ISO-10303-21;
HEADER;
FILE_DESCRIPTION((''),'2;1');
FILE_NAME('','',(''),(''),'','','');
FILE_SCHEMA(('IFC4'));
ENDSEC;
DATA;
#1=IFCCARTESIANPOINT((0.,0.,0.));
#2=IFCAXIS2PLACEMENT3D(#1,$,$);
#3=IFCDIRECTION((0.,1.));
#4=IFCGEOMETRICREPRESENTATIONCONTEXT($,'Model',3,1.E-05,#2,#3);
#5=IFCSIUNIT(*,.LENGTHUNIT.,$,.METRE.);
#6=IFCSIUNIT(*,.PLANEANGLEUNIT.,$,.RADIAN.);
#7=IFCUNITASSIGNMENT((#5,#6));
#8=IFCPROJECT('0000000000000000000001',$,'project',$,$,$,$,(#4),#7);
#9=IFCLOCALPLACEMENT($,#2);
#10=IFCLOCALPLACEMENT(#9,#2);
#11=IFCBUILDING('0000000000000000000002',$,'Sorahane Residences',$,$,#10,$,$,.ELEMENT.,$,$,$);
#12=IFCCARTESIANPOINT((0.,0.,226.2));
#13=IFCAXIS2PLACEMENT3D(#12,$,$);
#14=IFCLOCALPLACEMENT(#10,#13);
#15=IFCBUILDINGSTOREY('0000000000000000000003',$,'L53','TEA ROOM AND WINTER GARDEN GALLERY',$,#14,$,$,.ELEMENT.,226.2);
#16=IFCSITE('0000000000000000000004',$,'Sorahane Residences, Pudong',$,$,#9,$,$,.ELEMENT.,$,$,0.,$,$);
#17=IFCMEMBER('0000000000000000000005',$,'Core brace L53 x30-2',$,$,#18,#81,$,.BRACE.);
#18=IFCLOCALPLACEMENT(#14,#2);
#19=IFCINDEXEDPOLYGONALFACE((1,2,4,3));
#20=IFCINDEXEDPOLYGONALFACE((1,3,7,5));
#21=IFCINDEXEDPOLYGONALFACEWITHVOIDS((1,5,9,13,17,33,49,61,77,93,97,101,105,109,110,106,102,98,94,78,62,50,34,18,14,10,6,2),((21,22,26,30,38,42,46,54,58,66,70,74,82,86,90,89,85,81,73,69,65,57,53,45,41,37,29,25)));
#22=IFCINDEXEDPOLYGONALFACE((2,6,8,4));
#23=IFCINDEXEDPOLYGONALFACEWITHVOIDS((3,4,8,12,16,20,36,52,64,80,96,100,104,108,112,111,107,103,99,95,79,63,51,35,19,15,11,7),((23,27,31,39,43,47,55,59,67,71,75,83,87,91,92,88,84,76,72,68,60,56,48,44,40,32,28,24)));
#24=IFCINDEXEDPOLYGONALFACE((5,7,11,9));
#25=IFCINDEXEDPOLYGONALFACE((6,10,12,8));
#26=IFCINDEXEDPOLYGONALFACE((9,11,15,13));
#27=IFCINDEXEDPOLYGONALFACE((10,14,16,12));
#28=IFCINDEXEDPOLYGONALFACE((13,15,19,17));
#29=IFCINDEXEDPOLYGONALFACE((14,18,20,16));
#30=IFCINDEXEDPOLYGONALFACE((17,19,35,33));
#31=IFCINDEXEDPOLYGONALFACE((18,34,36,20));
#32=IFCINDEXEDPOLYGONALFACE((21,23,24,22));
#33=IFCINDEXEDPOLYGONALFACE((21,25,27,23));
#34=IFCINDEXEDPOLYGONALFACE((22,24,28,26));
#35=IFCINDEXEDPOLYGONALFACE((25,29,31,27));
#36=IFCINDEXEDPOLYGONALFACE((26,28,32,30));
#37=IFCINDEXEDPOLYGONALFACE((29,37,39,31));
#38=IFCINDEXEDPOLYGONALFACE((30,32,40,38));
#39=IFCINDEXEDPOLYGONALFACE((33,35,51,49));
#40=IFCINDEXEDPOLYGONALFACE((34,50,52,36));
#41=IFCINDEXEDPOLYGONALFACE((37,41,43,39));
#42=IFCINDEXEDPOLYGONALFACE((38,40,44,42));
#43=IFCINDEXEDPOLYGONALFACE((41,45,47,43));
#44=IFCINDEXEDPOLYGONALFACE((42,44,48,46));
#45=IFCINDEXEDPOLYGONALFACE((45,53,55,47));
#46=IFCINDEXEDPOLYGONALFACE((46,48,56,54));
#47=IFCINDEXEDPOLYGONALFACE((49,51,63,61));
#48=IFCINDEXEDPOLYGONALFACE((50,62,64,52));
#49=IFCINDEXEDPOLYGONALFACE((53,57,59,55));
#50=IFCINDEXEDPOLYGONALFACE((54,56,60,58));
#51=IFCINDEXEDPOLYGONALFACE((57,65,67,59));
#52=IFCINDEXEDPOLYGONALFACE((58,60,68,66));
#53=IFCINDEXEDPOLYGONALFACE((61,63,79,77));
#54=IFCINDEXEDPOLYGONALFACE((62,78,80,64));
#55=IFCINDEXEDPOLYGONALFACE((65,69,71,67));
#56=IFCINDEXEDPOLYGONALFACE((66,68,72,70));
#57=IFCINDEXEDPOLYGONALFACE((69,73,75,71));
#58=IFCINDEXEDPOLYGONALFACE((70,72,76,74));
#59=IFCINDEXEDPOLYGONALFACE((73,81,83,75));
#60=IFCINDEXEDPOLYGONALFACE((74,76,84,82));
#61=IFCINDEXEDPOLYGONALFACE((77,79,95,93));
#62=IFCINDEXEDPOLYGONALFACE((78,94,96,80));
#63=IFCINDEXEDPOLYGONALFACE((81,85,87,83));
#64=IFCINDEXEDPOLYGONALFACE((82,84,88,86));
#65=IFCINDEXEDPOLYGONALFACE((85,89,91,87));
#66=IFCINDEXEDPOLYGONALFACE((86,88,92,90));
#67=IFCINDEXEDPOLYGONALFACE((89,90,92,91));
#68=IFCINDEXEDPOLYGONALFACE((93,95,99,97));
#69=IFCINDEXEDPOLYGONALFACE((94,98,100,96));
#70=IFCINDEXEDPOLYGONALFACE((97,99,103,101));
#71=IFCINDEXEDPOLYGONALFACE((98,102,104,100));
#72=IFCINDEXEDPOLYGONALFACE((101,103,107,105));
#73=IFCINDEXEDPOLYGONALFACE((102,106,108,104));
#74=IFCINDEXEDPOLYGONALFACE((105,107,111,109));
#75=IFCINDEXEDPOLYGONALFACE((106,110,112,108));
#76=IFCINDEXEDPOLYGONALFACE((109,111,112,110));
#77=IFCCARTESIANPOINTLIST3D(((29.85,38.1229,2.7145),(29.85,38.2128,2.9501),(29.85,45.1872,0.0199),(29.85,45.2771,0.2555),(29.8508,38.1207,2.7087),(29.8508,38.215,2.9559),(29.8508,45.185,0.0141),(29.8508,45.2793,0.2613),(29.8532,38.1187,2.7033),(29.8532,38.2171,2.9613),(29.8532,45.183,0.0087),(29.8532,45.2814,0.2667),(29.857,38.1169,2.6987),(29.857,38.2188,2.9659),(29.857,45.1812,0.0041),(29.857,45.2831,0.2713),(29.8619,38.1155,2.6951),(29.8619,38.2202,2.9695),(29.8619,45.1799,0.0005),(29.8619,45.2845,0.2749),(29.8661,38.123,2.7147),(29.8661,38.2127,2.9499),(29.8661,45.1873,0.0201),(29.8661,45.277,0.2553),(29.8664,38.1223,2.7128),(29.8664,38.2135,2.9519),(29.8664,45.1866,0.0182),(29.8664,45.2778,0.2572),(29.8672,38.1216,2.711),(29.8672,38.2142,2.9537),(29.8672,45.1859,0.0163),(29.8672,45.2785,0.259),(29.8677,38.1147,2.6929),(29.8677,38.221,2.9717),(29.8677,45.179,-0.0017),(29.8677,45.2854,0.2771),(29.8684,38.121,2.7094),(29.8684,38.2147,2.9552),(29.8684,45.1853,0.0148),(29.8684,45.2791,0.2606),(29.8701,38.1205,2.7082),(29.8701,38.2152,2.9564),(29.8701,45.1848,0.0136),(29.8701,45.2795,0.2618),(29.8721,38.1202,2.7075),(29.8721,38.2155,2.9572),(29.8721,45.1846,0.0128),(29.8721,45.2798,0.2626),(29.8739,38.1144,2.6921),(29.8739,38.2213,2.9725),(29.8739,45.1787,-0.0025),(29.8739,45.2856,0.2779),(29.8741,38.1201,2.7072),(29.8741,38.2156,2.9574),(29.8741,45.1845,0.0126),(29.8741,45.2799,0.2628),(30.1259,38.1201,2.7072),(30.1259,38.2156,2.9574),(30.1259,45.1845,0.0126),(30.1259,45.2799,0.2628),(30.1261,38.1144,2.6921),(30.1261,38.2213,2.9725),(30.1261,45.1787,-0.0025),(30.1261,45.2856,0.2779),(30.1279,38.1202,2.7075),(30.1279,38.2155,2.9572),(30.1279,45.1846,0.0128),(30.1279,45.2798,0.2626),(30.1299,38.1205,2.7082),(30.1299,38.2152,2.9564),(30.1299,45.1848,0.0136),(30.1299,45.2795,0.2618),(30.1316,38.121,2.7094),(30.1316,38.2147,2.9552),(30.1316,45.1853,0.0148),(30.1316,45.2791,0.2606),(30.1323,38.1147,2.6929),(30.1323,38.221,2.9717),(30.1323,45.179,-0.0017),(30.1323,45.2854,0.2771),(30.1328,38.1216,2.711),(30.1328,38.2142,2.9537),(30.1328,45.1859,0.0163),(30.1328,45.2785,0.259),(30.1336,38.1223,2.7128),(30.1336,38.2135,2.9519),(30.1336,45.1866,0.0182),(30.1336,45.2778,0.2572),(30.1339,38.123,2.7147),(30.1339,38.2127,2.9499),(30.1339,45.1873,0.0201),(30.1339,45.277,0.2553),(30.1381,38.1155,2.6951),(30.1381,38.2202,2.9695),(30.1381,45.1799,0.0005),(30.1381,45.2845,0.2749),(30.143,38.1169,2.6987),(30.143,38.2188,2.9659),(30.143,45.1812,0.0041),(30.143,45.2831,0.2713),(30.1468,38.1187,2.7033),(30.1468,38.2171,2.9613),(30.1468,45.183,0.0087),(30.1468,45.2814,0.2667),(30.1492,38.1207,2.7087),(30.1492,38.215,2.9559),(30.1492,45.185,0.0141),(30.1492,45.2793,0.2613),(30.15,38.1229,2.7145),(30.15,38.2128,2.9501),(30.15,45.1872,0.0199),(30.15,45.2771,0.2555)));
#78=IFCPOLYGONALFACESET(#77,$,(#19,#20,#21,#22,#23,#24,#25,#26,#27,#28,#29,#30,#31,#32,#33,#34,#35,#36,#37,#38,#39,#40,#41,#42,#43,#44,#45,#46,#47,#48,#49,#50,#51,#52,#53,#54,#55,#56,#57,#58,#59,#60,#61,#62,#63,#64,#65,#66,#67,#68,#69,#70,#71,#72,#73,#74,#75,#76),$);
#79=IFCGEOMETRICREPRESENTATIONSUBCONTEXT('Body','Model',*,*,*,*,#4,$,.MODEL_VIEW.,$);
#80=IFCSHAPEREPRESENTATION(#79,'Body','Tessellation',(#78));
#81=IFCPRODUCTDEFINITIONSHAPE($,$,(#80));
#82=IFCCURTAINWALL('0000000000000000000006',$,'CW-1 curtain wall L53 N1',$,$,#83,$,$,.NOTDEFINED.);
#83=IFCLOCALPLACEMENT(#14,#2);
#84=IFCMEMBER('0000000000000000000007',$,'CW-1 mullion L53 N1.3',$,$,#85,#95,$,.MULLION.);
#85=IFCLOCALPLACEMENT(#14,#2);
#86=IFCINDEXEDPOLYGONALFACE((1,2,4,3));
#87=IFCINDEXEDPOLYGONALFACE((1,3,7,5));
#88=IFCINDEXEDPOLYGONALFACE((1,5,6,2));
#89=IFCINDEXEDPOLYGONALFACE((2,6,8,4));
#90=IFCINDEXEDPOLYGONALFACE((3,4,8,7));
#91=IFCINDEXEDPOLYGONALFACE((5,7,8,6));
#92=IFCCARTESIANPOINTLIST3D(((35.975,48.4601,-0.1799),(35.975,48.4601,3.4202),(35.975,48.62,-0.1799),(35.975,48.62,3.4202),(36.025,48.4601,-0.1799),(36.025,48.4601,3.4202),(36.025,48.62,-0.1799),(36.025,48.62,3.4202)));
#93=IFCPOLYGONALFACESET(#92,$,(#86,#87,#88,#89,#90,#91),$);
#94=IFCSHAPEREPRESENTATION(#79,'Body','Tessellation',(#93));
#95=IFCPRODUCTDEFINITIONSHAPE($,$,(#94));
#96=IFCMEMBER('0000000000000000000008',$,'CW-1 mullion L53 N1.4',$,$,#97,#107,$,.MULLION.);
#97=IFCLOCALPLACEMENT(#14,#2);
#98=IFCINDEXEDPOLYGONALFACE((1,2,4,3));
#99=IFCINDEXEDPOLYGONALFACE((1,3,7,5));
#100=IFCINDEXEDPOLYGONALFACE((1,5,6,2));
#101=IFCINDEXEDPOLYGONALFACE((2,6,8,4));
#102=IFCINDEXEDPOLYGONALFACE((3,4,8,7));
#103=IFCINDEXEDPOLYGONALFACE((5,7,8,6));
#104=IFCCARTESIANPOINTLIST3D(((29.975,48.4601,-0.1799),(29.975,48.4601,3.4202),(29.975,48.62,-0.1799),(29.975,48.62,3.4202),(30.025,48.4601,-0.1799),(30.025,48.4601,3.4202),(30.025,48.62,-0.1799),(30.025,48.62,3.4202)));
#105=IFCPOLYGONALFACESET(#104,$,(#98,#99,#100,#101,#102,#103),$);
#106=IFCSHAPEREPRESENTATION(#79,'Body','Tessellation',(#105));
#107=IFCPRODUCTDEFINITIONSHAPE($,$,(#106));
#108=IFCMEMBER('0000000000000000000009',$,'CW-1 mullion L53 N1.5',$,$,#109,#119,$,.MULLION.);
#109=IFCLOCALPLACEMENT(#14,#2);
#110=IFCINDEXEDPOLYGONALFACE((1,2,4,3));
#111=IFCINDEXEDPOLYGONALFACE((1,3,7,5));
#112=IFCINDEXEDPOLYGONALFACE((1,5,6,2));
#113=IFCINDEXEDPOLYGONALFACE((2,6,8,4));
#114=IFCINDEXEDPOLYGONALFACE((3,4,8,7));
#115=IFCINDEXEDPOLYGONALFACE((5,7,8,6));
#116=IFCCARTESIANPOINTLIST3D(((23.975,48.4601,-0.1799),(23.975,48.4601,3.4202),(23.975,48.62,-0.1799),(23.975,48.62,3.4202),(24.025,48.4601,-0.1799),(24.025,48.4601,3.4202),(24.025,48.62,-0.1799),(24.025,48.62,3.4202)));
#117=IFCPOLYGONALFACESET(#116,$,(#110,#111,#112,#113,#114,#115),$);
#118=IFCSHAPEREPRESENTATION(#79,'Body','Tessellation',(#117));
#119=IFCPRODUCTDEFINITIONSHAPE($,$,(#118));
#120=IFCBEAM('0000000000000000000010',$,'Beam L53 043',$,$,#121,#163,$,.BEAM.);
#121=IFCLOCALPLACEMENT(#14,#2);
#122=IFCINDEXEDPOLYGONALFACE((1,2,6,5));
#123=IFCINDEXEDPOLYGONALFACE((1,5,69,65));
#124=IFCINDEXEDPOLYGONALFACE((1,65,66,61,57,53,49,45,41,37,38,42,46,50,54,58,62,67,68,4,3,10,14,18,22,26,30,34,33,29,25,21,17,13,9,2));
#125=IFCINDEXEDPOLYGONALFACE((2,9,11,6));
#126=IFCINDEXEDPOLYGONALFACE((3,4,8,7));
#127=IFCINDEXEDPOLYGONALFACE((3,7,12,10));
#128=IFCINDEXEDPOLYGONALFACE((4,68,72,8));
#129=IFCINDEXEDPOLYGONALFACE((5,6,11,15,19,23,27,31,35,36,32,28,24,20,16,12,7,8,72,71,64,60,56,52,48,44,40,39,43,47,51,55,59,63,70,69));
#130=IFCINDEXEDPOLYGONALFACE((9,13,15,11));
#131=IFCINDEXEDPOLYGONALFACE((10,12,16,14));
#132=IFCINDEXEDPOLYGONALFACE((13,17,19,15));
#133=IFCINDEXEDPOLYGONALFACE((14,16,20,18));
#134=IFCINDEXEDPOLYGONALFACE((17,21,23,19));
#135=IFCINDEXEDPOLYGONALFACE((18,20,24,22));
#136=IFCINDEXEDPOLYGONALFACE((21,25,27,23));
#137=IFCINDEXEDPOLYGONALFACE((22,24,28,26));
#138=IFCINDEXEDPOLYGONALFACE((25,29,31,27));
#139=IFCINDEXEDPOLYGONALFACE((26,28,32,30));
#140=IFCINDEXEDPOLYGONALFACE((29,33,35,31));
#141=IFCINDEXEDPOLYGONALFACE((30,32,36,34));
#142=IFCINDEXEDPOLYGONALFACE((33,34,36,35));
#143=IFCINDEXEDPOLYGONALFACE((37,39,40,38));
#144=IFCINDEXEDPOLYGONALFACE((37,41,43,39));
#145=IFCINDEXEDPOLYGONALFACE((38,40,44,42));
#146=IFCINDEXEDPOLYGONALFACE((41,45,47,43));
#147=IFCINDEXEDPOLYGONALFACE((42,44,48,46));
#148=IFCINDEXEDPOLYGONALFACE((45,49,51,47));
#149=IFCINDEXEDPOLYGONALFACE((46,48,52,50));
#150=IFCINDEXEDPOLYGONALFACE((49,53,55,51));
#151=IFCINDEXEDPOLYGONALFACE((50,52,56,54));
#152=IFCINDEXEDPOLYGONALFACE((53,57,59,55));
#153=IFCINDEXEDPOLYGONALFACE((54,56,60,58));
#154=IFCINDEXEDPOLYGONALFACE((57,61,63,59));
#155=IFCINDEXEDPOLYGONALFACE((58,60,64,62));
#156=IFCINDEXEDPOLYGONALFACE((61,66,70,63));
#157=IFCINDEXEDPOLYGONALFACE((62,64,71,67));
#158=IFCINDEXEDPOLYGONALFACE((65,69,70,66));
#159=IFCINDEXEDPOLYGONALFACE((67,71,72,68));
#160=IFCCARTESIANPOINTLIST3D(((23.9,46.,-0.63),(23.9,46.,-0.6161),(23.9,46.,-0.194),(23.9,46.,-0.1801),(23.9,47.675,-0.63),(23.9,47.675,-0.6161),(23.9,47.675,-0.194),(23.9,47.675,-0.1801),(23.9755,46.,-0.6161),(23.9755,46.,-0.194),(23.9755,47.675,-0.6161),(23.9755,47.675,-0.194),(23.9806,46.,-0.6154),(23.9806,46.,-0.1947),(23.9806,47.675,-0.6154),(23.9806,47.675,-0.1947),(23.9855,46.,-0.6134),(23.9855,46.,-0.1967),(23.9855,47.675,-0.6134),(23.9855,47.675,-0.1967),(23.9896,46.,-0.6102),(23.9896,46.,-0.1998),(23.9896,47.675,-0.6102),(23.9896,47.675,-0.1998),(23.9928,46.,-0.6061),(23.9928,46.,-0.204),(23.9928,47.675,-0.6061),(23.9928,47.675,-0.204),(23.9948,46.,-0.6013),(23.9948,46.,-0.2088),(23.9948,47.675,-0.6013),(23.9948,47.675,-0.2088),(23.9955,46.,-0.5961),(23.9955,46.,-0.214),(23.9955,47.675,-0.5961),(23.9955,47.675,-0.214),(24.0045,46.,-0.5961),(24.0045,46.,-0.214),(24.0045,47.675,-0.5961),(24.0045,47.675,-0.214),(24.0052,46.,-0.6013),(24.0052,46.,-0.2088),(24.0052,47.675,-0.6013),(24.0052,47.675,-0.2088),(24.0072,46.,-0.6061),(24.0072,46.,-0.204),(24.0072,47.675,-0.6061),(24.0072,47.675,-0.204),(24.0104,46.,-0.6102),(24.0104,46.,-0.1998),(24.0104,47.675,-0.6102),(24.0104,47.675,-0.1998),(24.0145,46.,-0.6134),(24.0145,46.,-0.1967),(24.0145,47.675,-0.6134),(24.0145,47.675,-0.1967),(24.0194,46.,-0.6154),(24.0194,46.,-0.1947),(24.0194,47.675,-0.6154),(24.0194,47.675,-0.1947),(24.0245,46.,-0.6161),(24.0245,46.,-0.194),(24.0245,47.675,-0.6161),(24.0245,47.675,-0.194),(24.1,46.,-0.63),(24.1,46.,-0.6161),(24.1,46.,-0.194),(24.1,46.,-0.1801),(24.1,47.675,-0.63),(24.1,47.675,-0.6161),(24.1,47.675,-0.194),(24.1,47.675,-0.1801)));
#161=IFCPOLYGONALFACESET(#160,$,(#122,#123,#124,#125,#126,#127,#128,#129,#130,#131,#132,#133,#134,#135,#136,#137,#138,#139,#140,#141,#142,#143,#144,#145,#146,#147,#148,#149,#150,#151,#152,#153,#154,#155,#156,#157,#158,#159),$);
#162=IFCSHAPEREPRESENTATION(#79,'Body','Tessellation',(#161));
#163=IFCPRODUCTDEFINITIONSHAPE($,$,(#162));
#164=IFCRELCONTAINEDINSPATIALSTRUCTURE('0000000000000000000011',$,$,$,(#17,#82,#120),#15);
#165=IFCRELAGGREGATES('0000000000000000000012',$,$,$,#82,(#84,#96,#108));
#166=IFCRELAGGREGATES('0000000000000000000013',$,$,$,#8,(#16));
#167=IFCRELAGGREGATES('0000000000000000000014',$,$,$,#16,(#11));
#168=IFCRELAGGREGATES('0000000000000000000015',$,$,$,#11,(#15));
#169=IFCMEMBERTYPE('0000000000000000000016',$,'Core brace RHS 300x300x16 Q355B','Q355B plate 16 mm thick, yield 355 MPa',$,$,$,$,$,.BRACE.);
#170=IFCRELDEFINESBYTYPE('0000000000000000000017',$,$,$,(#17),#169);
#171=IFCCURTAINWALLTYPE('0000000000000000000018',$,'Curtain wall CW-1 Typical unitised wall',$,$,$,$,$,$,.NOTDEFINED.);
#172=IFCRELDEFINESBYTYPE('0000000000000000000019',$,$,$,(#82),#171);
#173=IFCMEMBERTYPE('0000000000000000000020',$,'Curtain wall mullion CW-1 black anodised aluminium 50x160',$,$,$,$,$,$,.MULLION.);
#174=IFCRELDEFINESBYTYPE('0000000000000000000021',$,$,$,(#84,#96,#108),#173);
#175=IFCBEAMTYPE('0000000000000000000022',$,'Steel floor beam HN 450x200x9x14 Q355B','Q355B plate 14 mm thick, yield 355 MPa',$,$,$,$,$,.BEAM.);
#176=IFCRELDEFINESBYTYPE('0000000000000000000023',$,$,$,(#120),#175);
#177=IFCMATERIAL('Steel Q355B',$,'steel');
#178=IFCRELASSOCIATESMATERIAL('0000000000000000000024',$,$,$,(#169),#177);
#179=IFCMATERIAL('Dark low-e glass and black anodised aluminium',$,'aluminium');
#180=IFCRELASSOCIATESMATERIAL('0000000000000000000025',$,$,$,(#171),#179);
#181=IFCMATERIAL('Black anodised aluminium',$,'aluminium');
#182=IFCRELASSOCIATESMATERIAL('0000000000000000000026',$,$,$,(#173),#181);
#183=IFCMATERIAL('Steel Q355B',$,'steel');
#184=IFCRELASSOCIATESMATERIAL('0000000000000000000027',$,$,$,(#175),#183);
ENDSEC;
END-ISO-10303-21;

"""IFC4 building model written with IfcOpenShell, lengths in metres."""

from ifc_helpers import new_model, si_unit, direction, frame, origin, origin_2d, place, context, subcontext, project, spatial, rectangle, hollow_rectangle, i_section, extrude, material, material_profile, profile_set, type_object, element, aggregate, save


model = new_model("IFC4")

# Units and contexts
model_context = context("Model", 3, precision=1e-05, world=origin(), true_north=direction((0.0, 1.0)))
body_context = subcontext(model_context, "Body", "Model", "MODEL_VIEW")
ifc_project = project(units=[si_unit("LENGTHUNIT", "METRE"), si_unit("PLANEANGLEUNIT", "RADIAN")], contexts=[model_context])

# Site, building, storey
site_placement = place(None, origin())
site = spatial("IfcSite", under=ifc_project, at=site_placement, Name="Sorahane Residences, Pudong", CompositionType="ELEMENT", RefElevation=0.0)
building_placement = place(site_placement, origin())
building = spatial("IfcBuilding", under=site, at=building_placement, Name="Sorahane Residences", CompositionType="ELEMENT")
storey_placement = place(building_placement, frame((0.0, 0.0, 226.2)))
storey = spatial("IfcBuildingStorey", under=building, at=storey_placement, Name="L53", Description="TEA ROOM AND WINTER GARDEN GALLERY", CompositionType="ELEMENT", Elevation=226.2)

# Member
ifc_material_1 = material(Name="Steel Q355B", Category="steel")
ifc_material_profile_1 = material_profile(ifc_material_1, hollow_rectangle(XDim=0.3, YDim=0.3, WallThickness=0.0161, InnerFilletRadius=0.0081, OuterFilletRadius=0.0239, at=origin_2d()), Name="RHS 300x300x16")
ifc_profile_set_1 = profile_set([ifc_material_profile_1], Name="Steel Q355B")
member_type_1 = type_object("IfcMemberType", Name="Core brace RHS 300x300x16 Q355B", Description="Q355B plate 16 mm thick, yield 355 MPa", PredefinedType="BRACE", material=ifc_profile_set_1)
member_1_placement = place(storey_placement, frame((30.0, 45.2322, 0.1377), z_axis=(0.0, -0.934336, 0.356394), x_axis=(1.0, 0.0, 0.0)))
element("IfcMember", 1, at=member_1_placement, inside=storey, type_object=member_type_1, Name="Core brace L53 x30-2", PredefinedType="BRACE", context=body_context, shape_type="SweptSolid", body=[
    extrude(hollow_rectangle(XDim=0.3, YDim=0.3, WallThickness=0.0161, InnerFilletRadius=0.0081, OuterFilletRadius=0.0239, at=origin_2d()), origin(), (0.0, 0.0, 1.0), 7.5608),
])

# Curtain wall, members
ifc_material_2 = material(Name="Dark low-e glass and black anodised aluminium", Category="aluminium")
curtain_wall_type = type_object("IfcCurtainWallType", Name="Curtain wall CW-1 Typical unitised wall", PredefinedType="NOTDEFINED", material=ifc_material_2)
curtain_wall_placement = place(storey_placement, origin())
curtain_wall = element("IfcCurtainWall", 2, at=curtain_wall_placement, inside=storey, type_object=curtain_wall_type, Name="CW-1 curtain wall L53 N1", PredefinedType="NOTDEFINED")
ifc_material_3 = material(Name="Black anodised aluminium", Category="aluminium")
ifc_material_profile_2 = material_profile(ifc_material_3, rectangle(XDim=0.1599, YDim=0.05, at=origin_2d()), Name="Curtain wall mullion CW-1 black anodised aluminium 50x160")
ifc_profile_set_2 = profile_set([ifc_material_profile_2], Name="Black anodised aluminium")
member_type_2 = type_object("IfcMemberType", Name="Curtain wall mullion CW-1 black anodised aluminium 50x160", PredefinedType="MULLION", material=ifc_profile_set_2)
member_2_placement = place(storey_placement, frame((36.0, 48.54, -0.1799), z_axis=(0.0, 0.0, 1.0), x_axis=(0.0, 1.0, 0.0)))
member_2 = element("IfcMember", 3, at=member_2_placement, type_object=member_type_2, Name="CW-1 mullion L53 N1.3", PredefinedType="MULLION", context=body_context, shape_type="SweptSolid", body=[
    extrude(rectangle(XDim=0.1599, YDim=0.05, at=origin_2d()), origin(), (0.0, 0.0, 1.0), 3.6001),
])
member_3_placement = place(storey_placement, frame((30.0, 48.54, -0.1799), z_axis=(0.0, 0.0, 1.0), x_axis=(0.0, 1.0, 0.0)))
member_3 = element("IfcMember", 4, at=member_3_placement, type_object=member_type_2, Name="CW-1 mullion L53 N1.4", PredefinedType="MULLION", context=body_context, shape_type="SweptSolid", body=[
    extrude(rectangle(XDim=0.1599, YDim=0.05, at=origin_2d()), origin(), (0.0, 0.0, 1.0), 3.6001),
])
member_4_placement = place(storey_placement, frame((24.0, 48.54, -0.1799), z_axis=(0.0, 0.0, 1.0), x_axis=(0.0, 1.0, 0.0)))
member_4 = element("IfcMember", 5, at=member_4_placement, type_object=member_type_2, Name="CW-1 mullion L53 N1.5", PredefinedType="MULLION", context=body_context, shape_type="SweptSolid", body=[
    extrude(rectangle(XDim=0.1599, YDim=0.05, at=origin_2d()), origin(), (0.0, 0.0, 1.0), 3.6001),
])

# Beam
ifc_material_4 = material(Name="Steel Q355B", Category="steel")
ifc_material_profile_3 = material_profile(ifc_material_4, i_section(OverallWidth=0.2, OverallDepth=0.45, WebThickness=0.009, FlangeThickness=0.0139, FilletRadius=0.02, at=origin_2d()), Name="HN 450x200x9x14")
ifc_profile_set_3 = profile_set([ifc_material_profile_3], Name="Steel Q355B")
beam_type_1 = type_object("IfcBeamType", Name="Steel floor beam HN 450x200x9x14 Q355B", Description="Q355B plate 14 mm thick, yield 355 MPa", PredefinedType="BEAM", material=ifc_profile_set_3)
beam_1_placement = place(storey_placement, frame((24.0, 46.0, -0.405), z_axis=(0.0, 1.0, 0.0), x_axis=(-1.0, 0.0, 0.0)))
element("IfcBeam", 6, at=beam_1_placement, inside=storey, type_object=beam_type_1, Name="Beam L53 043", PredefinedType="BEAM", context=body_context, shape_type="SweptSolid", body=[
    extrude(i_section(OverallWidth=0.2, OverallDepth=0.45, WebThickness=0.009, FlangeThickness=0.0139, FilletRadius=0.02, at=origin_2d()), origin(), (0.0, 0.0, 1.0), 1.675),
])

aggregate(curtain_wall, [member_2, member_3, member_4])

save(model, "model.ifc")
